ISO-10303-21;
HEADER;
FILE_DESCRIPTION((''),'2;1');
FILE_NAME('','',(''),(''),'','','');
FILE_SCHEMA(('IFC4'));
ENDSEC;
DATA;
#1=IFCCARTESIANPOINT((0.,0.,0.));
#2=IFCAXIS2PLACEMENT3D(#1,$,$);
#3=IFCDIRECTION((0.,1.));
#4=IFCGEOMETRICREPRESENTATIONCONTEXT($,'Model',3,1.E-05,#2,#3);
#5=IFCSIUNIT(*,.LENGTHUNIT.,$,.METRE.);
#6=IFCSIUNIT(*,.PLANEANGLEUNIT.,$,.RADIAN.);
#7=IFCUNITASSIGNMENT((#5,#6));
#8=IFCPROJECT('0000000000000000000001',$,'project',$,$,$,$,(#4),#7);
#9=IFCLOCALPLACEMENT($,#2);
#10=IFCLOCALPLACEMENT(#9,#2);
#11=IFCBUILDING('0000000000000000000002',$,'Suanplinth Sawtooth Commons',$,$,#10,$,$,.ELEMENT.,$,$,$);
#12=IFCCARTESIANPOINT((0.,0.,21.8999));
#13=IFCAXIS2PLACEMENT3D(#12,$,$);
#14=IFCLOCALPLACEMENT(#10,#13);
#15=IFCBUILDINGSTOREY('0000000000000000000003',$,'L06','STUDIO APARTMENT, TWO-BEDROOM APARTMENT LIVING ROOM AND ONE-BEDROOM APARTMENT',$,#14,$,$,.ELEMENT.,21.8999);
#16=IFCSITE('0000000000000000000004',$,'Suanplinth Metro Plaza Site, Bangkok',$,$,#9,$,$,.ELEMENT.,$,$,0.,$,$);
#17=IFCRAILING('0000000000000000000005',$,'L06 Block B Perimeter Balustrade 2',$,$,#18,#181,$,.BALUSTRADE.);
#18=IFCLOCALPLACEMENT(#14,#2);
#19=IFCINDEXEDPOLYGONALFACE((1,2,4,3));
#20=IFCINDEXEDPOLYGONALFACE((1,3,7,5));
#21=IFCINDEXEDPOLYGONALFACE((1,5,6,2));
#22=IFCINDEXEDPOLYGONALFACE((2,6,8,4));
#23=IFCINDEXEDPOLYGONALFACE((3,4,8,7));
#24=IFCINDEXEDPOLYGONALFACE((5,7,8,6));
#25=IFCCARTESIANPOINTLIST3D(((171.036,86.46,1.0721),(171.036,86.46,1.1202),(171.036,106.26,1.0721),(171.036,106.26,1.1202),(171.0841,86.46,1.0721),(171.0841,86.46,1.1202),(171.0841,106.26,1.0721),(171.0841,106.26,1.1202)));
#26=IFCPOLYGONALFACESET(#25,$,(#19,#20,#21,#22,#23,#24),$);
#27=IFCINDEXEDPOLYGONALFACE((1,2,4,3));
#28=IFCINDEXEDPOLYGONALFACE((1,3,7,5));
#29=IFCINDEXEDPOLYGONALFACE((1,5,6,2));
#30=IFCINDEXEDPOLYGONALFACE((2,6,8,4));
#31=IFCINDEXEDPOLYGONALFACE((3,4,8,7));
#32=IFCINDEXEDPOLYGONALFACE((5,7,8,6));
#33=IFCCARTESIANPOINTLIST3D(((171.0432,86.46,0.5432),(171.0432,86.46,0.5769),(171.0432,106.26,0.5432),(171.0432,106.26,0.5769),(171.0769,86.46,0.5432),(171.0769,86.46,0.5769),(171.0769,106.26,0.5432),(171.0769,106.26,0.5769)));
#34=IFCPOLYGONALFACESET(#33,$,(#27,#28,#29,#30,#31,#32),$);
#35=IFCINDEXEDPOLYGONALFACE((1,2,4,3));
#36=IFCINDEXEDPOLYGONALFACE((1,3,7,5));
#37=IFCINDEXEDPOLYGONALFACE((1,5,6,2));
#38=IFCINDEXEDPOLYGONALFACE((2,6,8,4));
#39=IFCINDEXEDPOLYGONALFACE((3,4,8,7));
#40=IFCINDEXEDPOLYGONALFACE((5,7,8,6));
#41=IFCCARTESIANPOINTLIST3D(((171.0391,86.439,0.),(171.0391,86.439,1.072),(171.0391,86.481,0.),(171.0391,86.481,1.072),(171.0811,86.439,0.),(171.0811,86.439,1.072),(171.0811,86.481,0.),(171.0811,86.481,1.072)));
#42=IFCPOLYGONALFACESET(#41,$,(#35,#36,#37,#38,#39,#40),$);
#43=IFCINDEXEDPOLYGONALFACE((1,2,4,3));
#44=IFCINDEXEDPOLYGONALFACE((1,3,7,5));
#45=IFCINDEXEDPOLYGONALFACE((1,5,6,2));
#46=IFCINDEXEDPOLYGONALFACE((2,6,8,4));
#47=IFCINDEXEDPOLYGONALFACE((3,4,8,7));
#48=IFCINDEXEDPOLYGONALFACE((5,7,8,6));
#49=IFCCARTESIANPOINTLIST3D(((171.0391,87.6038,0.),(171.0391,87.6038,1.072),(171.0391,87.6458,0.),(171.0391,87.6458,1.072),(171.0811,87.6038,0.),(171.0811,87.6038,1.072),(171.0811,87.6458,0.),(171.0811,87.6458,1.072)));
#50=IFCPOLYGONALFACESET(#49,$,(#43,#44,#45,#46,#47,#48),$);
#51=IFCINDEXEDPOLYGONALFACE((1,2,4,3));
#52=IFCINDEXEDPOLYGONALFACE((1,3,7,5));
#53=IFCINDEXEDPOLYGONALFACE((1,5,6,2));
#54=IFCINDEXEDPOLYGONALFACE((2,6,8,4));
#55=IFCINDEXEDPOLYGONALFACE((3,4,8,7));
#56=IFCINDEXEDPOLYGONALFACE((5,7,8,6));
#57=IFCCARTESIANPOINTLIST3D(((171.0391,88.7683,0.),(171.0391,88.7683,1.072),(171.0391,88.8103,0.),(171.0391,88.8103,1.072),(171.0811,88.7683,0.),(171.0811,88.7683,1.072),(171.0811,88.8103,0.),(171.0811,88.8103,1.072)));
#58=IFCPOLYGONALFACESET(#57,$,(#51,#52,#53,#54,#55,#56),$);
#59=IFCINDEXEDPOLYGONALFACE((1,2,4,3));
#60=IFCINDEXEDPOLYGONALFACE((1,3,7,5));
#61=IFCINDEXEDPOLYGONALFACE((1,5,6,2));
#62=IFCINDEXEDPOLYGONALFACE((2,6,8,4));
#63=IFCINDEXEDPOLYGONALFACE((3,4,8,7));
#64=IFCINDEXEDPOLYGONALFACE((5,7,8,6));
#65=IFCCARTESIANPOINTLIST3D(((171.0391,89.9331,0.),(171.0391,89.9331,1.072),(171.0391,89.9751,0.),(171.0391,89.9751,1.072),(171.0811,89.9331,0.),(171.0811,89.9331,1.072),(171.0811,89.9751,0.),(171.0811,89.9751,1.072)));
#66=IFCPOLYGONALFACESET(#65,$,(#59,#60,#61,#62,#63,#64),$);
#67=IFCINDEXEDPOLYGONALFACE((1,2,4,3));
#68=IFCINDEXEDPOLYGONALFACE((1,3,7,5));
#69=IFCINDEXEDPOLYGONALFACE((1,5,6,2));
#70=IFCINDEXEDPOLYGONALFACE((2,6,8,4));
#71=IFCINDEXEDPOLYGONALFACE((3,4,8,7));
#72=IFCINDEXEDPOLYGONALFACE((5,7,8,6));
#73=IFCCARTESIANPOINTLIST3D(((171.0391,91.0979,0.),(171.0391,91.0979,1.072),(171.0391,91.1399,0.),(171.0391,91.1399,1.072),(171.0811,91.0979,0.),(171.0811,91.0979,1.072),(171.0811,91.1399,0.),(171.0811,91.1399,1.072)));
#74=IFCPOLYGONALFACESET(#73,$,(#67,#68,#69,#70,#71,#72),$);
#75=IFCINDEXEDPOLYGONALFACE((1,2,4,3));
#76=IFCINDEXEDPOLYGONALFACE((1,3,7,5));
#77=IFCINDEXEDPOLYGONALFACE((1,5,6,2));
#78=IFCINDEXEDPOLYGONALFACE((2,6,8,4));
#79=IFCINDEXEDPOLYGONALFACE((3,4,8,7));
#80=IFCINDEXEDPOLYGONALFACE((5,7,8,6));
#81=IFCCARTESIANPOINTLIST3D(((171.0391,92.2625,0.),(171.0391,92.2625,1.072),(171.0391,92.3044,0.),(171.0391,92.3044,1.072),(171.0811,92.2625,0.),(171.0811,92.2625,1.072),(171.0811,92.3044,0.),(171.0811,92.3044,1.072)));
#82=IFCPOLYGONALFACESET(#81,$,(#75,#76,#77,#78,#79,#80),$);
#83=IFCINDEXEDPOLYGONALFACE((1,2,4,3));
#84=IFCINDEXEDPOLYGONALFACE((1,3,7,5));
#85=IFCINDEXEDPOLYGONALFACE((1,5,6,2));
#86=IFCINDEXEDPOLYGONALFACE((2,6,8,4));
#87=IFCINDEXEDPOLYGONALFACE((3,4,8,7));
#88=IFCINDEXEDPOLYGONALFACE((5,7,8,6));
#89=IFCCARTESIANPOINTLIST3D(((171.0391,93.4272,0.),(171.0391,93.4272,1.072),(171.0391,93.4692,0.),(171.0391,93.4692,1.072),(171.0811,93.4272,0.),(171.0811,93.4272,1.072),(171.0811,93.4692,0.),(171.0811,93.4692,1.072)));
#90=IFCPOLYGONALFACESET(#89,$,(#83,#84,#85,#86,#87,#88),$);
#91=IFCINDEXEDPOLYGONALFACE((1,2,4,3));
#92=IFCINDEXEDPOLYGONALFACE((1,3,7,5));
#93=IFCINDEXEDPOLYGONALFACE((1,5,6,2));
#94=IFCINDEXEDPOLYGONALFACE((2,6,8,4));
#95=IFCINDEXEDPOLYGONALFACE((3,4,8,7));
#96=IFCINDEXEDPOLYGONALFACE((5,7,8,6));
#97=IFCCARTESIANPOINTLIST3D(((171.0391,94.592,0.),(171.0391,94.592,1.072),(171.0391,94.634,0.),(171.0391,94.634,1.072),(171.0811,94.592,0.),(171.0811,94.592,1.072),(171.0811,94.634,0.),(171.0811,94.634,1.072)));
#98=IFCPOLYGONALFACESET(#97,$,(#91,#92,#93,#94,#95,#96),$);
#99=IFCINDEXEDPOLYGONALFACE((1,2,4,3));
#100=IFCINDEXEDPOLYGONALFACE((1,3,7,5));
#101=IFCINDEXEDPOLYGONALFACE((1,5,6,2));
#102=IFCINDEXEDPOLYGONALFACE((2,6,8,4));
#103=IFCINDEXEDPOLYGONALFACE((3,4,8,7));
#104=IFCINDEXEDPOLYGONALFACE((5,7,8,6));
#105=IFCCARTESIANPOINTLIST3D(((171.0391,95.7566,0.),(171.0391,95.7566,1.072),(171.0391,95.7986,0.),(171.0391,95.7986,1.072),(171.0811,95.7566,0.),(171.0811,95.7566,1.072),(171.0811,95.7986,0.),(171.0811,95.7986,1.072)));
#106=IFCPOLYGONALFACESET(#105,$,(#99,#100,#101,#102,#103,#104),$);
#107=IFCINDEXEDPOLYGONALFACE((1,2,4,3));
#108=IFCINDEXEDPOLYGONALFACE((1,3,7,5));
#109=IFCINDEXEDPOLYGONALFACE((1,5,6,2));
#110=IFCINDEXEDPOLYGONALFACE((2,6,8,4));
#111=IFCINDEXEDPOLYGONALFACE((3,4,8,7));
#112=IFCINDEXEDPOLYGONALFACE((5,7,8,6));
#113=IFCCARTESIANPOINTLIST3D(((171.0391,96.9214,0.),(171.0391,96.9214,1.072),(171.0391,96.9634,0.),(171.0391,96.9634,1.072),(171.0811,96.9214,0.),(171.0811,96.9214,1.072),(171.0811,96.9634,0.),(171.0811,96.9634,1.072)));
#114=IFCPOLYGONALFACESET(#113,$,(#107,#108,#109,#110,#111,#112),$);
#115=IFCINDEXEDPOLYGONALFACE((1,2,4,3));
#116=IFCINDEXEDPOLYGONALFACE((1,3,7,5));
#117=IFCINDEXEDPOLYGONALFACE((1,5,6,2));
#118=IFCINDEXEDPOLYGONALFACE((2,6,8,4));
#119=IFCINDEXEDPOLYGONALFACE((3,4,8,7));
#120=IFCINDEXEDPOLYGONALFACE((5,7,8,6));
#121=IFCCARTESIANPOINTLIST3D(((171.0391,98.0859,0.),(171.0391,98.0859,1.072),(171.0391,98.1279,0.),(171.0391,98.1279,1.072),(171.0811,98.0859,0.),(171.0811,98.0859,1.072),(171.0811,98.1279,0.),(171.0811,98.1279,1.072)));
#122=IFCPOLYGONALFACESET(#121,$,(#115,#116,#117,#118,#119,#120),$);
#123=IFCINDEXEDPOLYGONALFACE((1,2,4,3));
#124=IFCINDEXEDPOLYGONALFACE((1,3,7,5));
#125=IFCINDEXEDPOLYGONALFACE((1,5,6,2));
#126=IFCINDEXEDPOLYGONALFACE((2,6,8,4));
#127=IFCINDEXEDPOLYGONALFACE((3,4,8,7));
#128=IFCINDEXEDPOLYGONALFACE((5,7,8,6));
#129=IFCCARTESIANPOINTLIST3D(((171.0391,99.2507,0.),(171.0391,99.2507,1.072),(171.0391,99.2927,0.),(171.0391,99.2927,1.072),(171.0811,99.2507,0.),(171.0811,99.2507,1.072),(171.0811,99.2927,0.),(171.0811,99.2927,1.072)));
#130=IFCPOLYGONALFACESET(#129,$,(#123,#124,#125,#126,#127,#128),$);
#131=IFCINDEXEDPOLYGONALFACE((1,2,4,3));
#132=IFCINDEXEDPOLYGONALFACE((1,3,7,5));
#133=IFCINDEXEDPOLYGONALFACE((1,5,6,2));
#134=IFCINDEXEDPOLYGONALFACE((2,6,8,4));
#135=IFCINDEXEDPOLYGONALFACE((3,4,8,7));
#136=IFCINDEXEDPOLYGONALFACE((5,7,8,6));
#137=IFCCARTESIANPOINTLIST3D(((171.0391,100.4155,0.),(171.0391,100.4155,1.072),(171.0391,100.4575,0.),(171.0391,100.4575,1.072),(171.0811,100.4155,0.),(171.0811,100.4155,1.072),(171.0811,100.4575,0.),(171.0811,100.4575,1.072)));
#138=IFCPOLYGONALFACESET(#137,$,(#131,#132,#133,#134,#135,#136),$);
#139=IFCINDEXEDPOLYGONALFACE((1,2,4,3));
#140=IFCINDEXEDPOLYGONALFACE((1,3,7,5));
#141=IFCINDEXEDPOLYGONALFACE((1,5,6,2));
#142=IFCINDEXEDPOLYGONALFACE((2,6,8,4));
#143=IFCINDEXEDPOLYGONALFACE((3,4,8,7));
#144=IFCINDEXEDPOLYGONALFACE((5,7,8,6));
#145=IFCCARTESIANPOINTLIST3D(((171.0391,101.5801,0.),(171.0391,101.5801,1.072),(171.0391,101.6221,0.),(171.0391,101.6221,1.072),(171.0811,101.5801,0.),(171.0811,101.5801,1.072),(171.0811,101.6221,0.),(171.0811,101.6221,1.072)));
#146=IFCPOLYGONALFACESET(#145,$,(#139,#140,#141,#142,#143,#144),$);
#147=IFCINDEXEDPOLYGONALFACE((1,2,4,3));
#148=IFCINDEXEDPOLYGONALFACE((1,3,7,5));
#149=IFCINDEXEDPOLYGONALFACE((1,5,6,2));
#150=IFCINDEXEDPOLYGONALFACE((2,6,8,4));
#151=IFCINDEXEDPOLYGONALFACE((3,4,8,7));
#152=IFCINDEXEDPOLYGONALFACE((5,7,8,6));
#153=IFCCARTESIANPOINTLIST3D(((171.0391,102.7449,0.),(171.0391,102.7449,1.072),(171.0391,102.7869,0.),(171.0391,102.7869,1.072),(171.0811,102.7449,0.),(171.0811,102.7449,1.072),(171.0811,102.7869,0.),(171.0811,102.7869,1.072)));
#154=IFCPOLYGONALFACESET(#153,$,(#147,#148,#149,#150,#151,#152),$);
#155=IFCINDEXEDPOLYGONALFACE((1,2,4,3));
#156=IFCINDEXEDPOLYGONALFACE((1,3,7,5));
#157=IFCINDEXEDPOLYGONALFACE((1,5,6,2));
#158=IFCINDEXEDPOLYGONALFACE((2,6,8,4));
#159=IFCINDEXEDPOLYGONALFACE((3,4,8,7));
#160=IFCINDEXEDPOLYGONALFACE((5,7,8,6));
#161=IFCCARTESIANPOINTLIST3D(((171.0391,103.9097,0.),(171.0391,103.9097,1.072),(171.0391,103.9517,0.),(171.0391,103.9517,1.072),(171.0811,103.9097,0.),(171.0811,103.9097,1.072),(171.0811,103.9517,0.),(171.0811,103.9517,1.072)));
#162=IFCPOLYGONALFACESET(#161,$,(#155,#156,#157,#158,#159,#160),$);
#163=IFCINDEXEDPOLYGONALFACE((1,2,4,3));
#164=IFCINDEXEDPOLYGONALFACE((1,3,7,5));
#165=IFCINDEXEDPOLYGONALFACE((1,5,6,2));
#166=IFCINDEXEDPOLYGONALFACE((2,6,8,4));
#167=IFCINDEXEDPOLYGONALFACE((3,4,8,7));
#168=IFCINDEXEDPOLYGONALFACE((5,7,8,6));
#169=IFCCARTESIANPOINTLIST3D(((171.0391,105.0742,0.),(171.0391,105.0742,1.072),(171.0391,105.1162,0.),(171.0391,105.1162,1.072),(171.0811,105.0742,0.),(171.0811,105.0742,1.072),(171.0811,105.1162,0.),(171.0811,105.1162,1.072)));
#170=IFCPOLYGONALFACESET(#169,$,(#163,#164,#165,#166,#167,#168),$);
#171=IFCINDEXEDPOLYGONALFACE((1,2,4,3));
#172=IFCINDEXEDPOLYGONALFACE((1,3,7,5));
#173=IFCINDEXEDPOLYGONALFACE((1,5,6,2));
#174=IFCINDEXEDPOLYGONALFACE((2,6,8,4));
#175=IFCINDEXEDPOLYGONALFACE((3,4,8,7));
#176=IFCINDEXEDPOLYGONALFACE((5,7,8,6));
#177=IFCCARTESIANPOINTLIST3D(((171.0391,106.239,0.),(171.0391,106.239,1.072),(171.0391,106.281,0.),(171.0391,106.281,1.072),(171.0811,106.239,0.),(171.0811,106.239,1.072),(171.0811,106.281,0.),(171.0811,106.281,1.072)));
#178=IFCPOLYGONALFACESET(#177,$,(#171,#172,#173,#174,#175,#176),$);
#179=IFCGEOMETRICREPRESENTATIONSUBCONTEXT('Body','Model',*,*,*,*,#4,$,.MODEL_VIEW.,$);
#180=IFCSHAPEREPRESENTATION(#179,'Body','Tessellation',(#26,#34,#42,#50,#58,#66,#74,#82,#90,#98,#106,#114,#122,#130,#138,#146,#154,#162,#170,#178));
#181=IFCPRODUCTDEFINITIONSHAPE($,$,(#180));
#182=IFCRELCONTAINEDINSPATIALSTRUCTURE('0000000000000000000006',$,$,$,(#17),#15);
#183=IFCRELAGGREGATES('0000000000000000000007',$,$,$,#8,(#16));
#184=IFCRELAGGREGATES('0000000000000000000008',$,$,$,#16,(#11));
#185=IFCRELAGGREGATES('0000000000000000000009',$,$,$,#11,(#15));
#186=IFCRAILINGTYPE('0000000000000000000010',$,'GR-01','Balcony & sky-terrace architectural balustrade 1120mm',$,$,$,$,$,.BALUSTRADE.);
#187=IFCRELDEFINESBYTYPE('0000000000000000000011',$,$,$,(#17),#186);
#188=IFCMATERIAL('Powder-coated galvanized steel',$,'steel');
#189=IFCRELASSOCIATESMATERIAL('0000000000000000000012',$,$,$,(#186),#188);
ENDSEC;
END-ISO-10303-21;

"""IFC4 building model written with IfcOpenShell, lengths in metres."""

from ifc_helpers import new_model, si_unit, direction, frame, origin, origin_2d, place, context, subcontext, project, spatial, rectangle, extrude, material, type_object, element, save


model = new_model("IFC4")

# Units and contexts
model_context = context("Model", 3, precision=1e-05, world=origin(), true_north=direction((0.0, 1.0)))
body_context = subcontext(model_context, "Body", "Model", "MODEL_VIEW")
ifc_project = project(units=[si_unit("LENGTHUNIT", "METRE"), si_unit("PLANEANGLEUNIT", "RADIAN")], contexts=[model_context])

# Site, building, storey
site_placement = place(None, origin())
site = spatial("IfcSite", under=ifc_project, at=site_placement, Name="Suanplinth Metro Plaza Site, Bangkok", CompositionType="ELEMENT", RefElevation=0.0)
building_placement = place(site_placement, origin())
building = spatial("IfcBuilding", under=site, at=building_placement, Name="Suanplinth Sawtooth Commons", CompositionType="ELEMENT")
storey_placement = place(building_placement, frame((0.0, 0.0, 21.8999)))
storey = spatial("IfcBuildingStorey", under=building, at=storey_placement, Name="L06", Description="STUDIO APARTMENT, TWO-BEDROOM APARTMENT LIVING ROOM AND ONE-BEDROOM APARTMENT", CompositionType="ELEMENT", Elevation=21.8999)

# Railing
ifc_material_1 = material(Name="Powder-coated galvanized steel", Category="steel")
railing_type = type_object("IfcRailingType", Name="GR-01", Description="Balcony & sky-terrace architectural balustrade 1120mm", PredefinedType="BALUSTRADE", material=ifc_material_1)
railing_1_placement = place(storey_placement, frame((171.0601, 86.46, 0.0)))
element("IfcRailing", 1, at=railing_1_placement, inside=storey, type_object=railing_type, Name="L06 Block B Perimeter Balustrade 2", PredefinedType="BALUSTRADE", context=body_context, shape_type="SweptSolid", body=[
    extrude(rectangle(XDim=0.0481, YDim=0.0481, at=origin_2d()), frame((0.0, 0.0, 1.0962), z_axis=(0.0, 1.0, 0.0), x_axis=(-1.0, 0.0, 0.0)), (0.0, 0.0, 1.0), 19.8),
    extrude(rectangle(XDim=0.0337, YDim=0.0337, at=origin_2d()), frame((0.0, 0.0, 0.5601), z_axis=(0.0, 1.0, 0.0), x_axis=(-1.0, 0.0, 0.0)), (0.0, 0.0, 1.0), 19.8),
    extrude(rectangle(XDim=0.042, YDim=0.042, at=origin_2d()), origin(), (0.0, 0.0, 1.0), 1.072),
    extrude(rectangle(XDim=0.042, YDim=0.042, at=origin_2d()), frame((0.0, 1.1648, 0.0)), (0.0, 0.0, 1.0), 1.072),
    extrude(rectangle(XDim=0.042, YDim=0.042, at=origin_2d()), frame((0.0, 2.3293, 0.0)), (0.0, 0.0, 1.0), 1.072),
    extrude(rectangle(XDim=0.042, YDim=0.042, at=origin_2d()), frame((0.0, 3.4941, 0.0)), (0.0, 0.0, 1.0), 1.072),
    extrude(rectangle(XDim=0.042, YDim=0.042, at=origin_2d()), frame((0.0, 4.6589, 0.0)), (0.0, 0.0, 1.0), 1.072),
    extrude(rectangle(XDim=0.042, YDim=0.042, at=origin_2d()), frame((0.0, 5.8235, 0.0)), (0.0, 0.0, 1.0), 1.072),
    extrude(rectangle(XDim=0.042, YDim=0.042, at=origin_2d()), frame((0.0, 6.9883, 0.0)), (0.0, 0.0, 1.0), 1.072),
    extrude(rectangle(XDim=0.042, YDim=0.042, at=origin_2d()), frame((0.0, 8.1531, 0.0)), (0.0, 0.0, 1.0), 1.072),
    extrude(rectangle(XDim=0.042, YDim=0.042, at=origin_2d()), frame((0.0, 9.3176, 0.0)), (0.0, 0.0, 1.0), 1.072),
    extrude(rectangle(XDim=0.042, YDim=0.042, at=origin_2d()), frame((0.0, 10.4824, 0.0)), (0.0, 0.0, 1.0), 1.072),
    extrude(rectangle(XDim=0.042, YDim=0.042, at=origin_2d()), frame((0.0, 11.647, 0.0)), (0.0, 0.0, 1.0), 1.072),
    extrude(rectangle(XDim=0.042, YDim=0.042, at=origin_2d()), frame((0.0, 12.8118, 0.0)), (0.0, 0.0, 1.0), 1.072),
    extrude(rectangle(XDim=0.042, YDim=0.042, at=origin_2d()), frame((0.0, 13.9766, 0.0)), (0.0, 0.0, 1.0), 1.072),
    extrude(rectangle(XDim=0.042, YDim=0.042, at=origin_2d()), frame((0.0, 15.1411, 0.0)), (0.0, 0.0, 1.0), 1.072),
    extrude(rectangle(XDim=0.042, YDim=0.042, at=origin_2d()), frame((0.0, 16.3059, 0.0)), (0.0, 0.0, 1.0), 1.072),
    extrude(rectangle(XDim=0.042, YDim=0.042, at=origin_2d()), frame((0.0, 17.4707, 0.0)), (0.0, 0.0, 1.0), 1.072),
    extrude(rectangle(XDim=0.042, YDim=0.042, at=origin_2d()), frame((0.0, 18.6353, 0.0)), (0.0, 0.0, 1.0), 1.072),
    extrude(rectangle(XDim=0.042, YDim=0.042, at=origin_2d()), frame((0.0, 19.8, 0.0)), (0.0, 0.0, 1.0), 1.072),
])

save(model, "model.ifc")
